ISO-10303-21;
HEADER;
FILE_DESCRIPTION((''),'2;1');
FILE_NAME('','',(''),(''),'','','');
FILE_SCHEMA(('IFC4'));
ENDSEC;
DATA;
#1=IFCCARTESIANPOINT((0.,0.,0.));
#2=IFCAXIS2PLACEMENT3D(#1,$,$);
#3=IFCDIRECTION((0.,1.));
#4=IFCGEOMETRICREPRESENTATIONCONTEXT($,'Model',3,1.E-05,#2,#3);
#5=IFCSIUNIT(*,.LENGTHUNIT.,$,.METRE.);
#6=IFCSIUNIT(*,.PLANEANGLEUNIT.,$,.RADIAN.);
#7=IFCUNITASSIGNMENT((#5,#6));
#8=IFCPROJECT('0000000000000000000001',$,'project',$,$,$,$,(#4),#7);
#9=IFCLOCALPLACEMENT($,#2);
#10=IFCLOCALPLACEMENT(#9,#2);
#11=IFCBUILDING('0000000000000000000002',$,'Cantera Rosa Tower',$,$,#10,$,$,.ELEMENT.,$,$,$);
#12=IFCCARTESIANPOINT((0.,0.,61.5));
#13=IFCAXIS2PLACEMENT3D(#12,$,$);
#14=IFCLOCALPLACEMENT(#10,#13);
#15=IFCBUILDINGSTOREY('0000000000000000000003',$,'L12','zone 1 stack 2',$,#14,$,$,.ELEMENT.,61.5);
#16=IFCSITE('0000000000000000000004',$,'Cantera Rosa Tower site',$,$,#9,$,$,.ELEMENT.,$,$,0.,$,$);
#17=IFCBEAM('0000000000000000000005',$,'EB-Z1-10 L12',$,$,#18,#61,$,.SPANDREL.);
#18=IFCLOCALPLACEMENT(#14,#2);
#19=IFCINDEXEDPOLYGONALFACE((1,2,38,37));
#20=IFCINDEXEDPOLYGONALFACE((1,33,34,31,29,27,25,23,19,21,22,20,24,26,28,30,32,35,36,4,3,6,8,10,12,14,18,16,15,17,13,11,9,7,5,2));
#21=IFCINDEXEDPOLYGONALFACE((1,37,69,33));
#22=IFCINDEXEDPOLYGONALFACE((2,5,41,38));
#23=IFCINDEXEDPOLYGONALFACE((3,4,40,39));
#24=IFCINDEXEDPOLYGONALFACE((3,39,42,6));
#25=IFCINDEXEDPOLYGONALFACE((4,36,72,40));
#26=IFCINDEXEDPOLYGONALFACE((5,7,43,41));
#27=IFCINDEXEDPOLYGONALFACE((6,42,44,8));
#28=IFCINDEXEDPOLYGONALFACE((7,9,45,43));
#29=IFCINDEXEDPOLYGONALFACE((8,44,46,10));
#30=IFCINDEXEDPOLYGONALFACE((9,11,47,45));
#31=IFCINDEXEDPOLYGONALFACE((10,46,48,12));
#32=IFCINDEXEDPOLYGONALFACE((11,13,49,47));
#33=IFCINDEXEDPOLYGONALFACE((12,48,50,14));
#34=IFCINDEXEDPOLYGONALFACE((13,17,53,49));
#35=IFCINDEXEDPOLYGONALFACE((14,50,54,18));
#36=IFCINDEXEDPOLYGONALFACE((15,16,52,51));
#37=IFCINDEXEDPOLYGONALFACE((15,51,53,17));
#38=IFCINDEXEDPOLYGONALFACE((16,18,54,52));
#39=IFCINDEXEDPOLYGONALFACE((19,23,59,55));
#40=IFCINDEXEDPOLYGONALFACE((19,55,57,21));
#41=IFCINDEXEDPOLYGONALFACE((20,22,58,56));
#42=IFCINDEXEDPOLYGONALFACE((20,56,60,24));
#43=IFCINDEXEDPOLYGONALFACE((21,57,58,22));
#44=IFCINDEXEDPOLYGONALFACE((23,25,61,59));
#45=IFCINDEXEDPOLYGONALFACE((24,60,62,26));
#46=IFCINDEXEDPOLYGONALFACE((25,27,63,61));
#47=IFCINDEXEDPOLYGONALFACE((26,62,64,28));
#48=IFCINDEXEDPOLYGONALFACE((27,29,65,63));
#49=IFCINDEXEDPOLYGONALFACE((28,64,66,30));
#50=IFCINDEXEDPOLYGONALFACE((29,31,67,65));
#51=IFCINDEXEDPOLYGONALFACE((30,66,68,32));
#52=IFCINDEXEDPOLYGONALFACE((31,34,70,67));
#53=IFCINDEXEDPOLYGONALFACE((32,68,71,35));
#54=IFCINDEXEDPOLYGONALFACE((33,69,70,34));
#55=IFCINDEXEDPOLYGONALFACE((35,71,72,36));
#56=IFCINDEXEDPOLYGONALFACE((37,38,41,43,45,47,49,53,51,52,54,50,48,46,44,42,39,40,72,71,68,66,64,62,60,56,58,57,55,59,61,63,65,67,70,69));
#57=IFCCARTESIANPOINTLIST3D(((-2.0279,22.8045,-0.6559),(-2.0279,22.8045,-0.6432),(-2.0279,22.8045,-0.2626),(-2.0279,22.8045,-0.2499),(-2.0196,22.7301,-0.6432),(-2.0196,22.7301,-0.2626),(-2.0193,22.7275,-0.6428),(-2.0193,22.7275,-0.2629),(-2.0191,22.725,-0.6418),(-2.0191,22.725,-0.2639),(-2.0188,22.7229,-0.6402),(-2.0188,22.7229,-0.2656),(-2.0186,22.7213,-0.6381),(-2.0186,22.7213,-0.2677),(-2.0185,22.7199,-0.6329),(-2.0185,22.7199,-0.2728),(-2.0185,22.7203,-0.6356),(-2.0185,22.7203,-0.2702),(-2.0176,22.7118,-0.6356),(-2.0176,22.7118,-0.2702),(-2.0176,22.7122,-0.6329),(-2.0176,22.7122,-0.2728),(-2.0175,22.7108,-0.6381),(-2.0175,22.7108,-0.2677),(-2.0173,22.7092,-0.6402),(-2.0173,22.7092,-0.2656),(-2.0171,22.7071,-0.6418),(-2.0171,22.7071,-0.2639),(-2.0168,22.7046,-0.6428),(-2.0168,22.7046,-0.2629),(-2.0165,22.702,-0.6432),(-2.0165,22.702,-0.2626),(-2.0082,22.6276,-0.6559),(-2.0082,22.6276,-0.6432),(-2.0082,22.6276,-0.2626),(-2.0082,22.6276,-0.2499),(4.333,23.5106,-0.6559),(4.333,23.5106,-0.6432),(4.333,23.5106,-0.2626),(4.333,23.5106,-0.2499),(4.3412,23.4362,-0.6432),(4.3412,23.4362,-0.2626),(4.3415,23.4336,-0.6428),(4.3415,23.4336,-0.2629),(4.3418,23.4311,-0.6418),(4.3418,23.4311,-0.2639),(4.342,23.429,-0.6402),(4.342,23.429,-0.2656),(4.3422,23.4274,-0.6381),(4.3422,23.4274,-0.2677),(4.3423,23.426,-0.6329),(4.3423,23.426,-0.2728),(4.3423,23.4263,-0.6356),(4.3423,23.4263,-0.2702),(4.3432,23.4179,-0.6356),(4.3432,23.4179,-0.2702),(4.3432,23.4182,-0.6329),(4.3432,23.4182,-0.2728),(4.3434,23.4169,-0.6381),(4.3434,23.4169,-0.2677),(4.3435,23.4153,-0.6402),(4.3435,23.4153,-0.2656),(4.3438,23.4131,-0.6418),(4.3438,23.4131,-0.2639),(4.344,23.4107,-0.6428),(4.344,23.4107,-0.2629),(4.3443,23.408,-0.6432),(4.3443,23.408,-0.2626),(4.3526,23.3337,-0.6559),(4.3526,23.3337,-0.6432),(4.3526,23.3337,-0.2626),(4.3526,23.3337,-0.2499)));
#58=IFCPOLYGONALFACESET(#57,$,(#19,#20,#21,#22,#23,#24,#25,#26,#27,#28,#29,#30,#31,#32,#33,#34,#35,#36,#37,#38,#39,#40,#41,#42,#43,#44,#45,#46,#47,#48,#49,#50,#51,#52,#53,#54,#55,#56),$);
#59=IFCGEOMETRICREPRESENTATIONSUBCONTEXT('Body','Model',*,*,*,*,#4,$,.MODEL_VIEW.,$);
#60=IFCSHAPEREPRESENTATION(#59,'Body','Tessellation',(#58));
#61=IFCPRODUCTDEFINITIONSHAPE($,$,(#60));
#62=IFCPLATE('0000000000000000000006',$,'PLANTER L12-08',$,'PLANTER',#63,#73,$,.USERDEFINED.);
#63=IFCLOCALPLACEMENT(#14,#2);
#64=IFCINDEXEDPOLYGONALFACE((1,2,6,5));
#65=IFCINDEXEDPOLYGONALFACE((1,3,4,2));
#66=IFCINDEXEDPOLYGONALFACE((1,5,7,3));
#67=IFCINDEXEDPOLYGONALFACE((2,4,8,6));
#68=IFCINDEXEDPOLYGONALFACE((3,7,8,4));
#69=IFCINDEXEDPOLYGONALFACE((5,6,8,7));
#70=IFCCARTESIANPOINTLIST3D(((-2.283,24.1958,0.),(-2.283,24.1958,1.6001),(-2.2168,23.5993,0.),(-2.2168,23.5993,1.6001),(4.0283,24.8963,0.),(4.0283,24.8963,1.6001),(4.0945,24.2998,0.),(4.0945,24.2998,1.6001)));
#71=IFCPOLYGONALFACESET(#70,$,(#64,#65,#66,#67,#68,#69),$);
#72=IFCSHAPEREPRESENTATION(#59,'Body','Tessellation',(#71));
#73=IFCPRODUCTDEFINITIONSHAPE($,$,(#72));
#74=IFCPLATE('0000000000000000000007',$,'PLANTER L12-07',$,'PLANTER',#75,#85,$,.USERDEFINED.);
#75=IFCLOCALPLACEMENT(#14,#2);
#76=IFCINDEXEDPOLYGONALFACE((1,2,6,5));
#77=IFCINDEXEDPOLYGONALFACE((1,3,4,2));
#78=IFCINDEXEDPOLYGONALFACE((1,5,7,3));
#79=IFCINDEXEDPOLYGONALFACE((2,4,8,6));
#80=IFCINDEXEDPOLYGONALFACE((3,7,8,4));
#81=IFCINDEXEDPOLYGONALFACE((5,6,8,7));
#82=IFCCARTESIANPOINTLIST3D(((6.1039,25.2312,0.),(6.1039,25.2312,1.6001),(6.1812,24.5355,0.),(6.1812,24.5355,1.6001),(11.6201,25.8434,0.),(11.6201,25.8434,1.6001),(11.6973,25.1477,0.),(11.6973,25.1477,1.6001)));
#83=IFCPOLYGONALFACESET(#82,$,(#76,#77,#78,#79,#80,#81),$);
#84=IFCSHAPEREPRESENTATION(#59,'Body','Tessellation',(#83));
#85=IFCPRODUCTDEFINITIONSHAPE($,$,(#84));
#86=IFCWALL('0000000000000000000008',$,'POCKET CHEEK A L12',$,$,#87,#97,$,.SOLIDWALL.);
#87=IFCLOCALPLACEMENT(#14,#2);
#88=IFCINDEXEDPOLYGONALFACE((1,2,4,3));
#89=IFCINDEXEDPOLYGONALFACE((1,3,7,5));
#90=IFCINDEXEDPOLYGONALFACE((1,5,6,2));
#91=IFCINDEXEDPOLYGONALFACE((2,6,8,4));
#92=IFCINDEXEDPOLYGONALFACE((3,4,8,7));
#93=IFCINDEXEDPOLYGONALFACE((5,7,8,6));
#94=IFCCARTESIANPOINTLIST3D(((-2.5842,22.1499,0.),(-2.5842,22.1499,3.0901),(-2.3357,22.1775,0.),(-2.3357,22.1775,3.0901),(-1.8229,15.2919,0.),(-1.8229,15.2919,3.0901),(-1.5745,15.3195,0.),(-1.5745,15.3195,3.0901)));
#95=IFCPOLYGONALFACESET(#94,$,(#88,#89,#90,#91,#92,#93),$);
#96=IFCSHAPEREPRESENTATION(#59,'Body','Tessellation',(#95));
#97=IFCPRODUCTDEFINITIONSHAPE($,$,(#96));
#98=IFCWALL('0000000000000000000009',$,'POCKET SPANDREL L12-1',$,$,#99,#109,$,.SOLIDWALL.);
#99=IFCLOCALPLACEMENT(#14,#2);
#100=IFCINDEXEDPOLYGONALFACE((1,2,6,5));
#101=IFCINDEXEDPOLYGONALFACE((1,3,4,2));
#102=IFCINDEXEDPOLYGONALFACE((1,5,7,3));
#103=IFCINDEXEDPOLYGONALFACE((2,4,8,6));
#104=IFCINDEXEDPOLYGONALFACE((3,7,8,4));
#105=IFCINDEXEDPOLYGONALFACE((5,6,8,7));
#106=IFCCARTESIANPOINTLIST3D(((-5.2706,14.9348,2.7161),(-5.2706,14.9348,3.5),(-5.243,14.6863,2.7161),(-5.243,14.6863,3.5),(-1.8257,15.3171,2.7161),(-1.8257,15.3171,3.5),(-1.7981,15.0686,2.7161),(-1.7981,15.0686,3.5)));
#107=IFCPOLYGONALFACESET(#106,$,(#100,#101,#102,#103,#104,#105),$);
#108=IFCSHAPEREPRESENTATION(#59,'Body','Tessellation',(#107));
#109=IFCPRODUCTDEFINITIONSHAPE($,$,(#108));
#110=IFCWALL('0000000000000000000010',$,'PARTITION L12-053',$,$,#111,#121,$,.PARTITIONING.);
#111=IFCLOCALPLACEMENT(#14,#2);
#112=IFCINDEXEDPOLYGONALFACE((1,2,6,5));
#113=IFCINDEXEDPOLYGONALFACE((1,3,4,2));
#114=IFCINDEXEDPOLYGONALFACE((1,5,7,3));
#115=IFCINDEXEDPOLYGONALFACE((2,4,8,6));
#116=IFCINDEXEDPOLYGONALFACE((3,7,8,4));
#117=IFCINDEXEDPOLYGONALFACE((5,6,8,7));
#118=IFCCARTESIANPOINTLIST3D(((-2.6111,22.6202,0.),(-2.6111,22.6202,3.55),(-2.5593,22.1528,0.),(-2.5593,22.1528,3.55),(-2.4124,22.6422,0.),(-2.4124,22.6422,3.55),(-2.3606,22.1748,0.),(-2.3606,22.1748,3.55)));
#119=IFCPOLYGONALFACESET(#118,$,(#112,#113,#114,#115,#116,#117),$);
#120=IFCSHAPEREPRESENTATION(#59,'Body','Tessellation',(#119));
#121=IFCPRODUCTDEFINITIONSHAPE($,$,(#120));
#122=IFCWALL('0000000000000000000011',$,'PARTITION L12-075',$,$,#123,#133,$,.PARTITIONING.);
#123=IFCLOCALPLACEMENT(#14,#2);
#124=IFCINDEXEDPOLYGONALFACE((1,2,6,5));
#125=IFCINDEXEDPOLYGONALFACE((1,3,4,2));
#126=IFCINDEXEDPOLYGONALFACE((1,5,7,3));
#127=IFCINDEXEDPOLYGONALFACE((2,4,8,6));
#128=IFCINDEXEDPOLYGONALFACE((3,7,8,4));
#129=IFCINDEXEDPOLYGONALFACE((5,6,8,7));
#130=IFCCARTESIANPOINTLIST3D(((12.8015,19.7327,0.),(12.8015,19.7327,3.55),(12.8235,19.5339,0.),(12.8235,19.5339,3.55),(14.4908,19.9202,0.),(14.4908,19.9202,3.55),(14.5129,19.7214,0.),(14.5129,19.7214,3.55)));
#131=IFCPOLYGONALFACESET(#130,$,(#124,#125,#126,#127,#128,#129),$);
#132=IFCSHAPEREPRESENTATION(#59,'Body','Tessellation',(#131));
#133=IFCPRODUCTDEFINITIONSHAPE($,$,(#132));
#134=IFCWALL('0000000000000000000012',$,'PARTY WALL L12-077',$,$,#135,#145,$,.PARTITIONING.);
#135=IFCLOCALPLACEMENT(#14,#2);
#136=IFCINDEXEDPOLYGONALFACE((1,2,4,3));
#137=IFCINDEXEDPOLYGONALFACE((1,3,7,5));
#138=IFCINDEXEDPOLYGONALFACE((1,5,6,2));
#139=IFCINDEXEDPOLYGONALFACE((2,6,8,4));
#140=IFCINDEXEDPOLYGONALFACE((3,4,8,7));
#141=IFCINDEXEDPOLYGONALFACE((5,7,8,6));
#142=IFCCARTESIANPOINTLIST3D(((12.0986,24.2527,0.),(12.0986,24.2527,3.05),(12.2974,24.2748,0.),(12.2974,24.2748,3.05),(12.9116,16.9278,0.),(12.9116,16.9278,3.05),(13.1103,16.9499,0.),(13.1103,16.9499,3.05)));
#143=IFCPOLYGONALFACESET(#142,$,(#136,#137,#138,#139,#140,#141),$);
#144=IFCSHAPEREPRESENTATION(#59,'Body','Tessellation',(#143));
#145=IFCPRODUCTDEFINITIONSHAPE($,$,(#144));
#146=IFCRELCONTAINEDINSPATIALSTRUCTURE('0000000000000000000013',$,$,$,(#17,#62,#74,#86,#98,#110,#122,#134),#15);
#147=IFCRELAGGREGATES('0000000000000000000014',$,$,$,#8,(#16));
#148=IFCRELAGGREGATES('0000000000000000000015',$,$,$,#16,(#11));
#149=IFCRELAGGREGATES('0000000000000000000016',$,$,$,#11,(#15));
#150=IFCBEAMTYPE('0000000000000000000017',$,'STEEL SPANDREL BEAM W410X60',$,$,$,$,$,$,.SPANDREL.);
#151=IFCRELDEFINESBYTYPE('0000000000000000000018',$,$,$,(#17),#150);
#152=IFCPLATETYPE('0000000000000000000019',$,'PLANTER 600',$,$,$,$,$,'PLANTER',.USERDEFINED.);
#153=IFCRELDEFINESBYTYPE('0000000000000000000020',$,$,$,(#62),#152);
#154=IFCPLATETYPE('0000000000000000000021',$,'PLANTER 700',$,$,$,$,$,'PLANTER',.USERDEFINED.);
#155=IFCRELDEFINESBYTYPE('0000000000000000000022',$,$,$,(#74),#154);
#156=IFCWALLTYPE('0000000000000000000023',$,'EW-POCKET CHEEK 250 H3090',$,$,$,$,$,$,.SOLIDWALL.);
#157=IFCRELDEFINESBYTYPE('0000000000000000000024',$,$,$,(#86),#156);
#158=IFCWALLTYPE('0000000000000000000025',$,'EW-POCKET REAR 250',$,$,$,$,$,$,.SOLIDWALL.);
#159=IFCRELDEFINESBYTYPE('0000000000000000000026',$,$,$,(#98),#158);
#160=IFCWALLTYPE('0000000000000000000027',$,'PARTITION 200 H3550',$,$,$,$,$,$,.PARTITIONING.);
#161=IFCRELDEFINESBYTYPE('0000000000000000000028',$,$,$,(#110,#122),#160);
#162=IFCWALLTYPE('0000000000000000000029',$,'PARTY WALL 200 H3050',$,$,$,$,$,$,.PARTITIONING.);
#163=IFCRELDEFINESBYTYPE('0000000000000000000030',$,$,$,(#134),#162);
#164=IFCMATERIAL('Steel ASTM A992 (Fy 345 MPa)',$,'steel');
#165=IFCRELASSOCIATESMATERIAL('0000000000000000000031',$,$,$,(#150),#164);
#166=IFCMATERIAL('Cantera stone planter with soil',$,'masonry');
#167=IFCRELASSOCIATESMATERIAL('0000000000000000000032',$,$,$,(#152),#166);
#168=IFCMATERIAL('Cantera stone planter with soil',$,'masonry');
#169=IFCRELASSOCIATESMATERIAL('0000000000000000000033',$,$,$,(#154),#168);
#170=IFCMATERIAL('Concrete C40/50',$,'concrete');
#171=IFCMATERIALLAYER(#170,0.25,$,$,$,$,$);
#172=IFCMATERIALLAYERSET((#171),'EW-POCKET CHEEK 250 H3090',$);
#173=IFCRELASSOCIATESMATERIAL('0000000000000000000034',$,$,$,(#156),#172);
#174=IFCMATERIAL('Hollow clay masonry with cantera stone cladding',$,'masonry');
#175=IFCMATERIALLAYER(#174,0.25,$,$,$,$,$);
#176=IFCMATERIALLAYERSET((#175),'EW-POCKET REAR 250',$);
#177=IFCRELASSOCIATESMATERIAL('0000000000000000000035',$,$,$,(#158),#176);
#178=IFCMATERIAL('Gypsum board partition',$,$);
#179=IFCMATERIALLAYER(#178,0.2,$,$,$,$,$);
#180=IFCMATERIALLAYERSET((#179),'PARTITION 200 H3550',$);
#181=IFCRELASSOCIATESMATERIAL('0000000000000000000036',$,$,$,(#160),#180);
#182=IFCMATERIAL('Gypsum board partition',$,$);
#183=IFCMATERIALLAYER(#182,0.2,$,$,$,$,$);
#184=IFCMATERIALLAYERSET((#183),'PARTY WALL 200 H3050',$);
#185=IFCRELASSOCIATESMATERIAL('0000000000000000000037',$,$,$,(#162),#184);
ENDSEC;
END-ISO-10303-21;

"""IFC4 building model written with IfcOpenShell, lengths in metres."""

from ifc_helpers import new_model, si_unit, direction, frame, frame_2d, origin, origin_2d, place, context, subcontext, project, spatial, rectangle, i_section, extrude, material, layer, layer_set, material_profile, profile_set, type_object, element, save


model = new_model("IFC4")

# Units and contexts
model_context = context("Model", 3, precision=1e-05, world=origin(), true_north=direction((0.0, 1.0)))
body_context = subcontext(model_context, "Body", "Model", "MODEL_VIEW")
ifc_project = project(units=[si_unit("LENGTHUNIT", "METRE"), si_unit("PLANEANGLEUNIT", "RADIAN")], contexts=[model_context])

# Site, building, storey
site_placement = place(None, origin())
site = spatial("IfcSite", under=ifc_project, at=site_placement, Name="Cantera Rosa Tower site", CompositionType="ELEMENT", RefElevation=0.0)
building_placement = place(site_placement, origin())
building = spatial("IfcBuilding", under=site, at=building_placement, Name="Cantera Rosa Tower", CompositionType="ELEMENT")
storey_placement = place(building_placement, frame((0.0, 0.0, 61.5)))
storey = spatial("IfcBuildingStorey", under=building, at=storey_placement, Name="L12", Description="zone 1 stack 2", CompositionType="ELEMENT", Elevation=61.5)

# Beam
ifc_material_1 = material(Name="Steel ASTM A992 (Fy 345 MPa)", Category="steel")
ifc_material_profile_1 = material_profile(ifc_material_1, i_section(OverallWidth=0.178, OverallDepth=0.406, WebThickness=0.0078, FlangeThickness=0.0127, FilletRadius=0.0103, at=origin_2d()), Name="W410X60")
ifc_profile_set_1 = profile_set([ifc_material_profile_1], Name="Steel ASTM A992 (Fy 345 MPa)")
beam_type_1 = type_object("IfcBeamType", Name="STEEL SPANDREL BEAM W410X60", PredefinedType="SPANDREL", material=ifc_profile_set_1)
for number, where, z_axis, x_axis, name in (
    (1, (4.3428, 23.4221, -0.4529), (-0.993896, -0.110323, 0.0), (0.110323, -0.993896, 0.0), "EB-Z1-10 L12"),
):
    element("IfcBeam", number, at=place(storey_placement, frame(where, z_axis=z_axis, x_axis=x_axis)), inside=storey, type_object=beam_type_1, Name=name, PredefinedType="SPANDREL", context=body_context, shape_type="SweptSolid", body=[
        extrude(i_section(OverallWidth=0.178, OverallDepth=0.406, WebThickness=0.0078, FlangeThickness=0.0127, FilletRadius=0.0103, at=origin_2d()), origin(), (0.0, 0.0, 1.0), 6.3999),
    ])

# Plates
ifc_material_2 = material(Name="Cantera stone planter with soil", Category="masonry")
plate_type_1 = type_object("IfcPlateType", Name="PLANTER 600", ElementType="PLANTER", PredefinedType="USERDEFINED", material=ifc_material_2)
plate_1_placement = place(storey_placement, frame((0.9058, 24.2478, 0.0), z_axis=(0.0, 0.0, 1.0), x_axis=(-0.993897, -0.110313, 0.0)))
element("IfcPlate", 2, at=plate_1_placement, inside=storey, type_object=plate_type_1, Name="PLANTER L12-08", ObjectType="PLANTER", PredefinedType="USERDEFINED", context=body_context, shape_type="SweptSolid", body=[
    extrude(rectangle(XDim=6.3501, YDim=0.6001, at=origin_2d()), origin(), (0.0, 0.0, 1.0), 1.6001),
])
ifc_material_3 = material(Name="Cantera stone planter with soil", Category="masonry")
plate_type_2 = type_object("IfcPlateType", Name="PLANTER 700", ElementType="PLANTER", PredefinedType="USERDEFINED", material=ifc_material_3)
plate_2_placement = place(storey_placement, frame((8.9006, 25.1895, 0.0), z_axis=(0.0, 0.0, 1.0), x_axis=(-0.993897, -0.110313, 0.0)))
element("IfcPlate", 3, at=plate_2_placement, inside=storey, type_object=plate_type_2, Name="PLANTER L12-07", ObjectType="PLANTER", PredefinedType="USERDEFINED", context=body_context, shape_type="SweptSolid", body=[
    extrude(rectangle(XDim=5.55, YDim=0.7, at=origin_2d()), origin(), (0.0, 0.0, 1.0), 1.6001),
])

# Walls
ifc_material_4 = material(Name="Concrete C40/50", Category="concrete")
ifc_layer_1 = layer(ifc_material_4, 0.25)
ifc_layer_set_1 = layer_set([ifc_layer_1], Name="EW-POCKET CHEEK 250 H3090")
wall_type_1 = type_object("IfcWallType", Name="EW-POCKET CHEEK 250 H3090", PredefinedType="SOLIDWALL", material=ifc_layer_set_1)
wall_1_placement = place(storey_placement, frame((-2.46, 22.1638, 0.0), z_axis=(0.0, 0.0, 1.0), x_axis=(0.110323, -0.993896, 0.0)))
element("IfcWall", 4, at=wall_1_placement, inside=storey, type_object=wall_type_1, Name="POCKET CHEEK A L12", PredefinedType="SOLIDWALL", context=body_context, shape_type="SweptSolid", body=[
    extrude(rectangle(XDim=6.9001, YDim=0.25, at=frame_2d((3.4502, 0.0))), origin(), (0.0, 0.0, 1.0), 3.0901),
])
ifc_material_5 = material(Name="Hollow clay masonry with cantera stone cladding", Category="masonry")
ifc_layer_2 = layer(ifc_material_5, 0.25)
ifc_layer_set_2 = layer_set([ifc_layer_2], Name="EW-POCKET REAR 250")
wall_type_2 = type_object("IfcWallType", Name="EW-POCKET REAR 250", PredefinedType="SOLIDWALL", material=ifc_layer_set_2)
wall_2_placement = place(storey_placement, frame((-1.812, 15.1929, 2.7161), z_axis=(0.0, 0.0, 1.0), x_axis=(-0.993897, -0.110308, 0.0)))
element("IfcWall", 5, at=wall_2_placement, inside=storey, type_object=wall_type_2, Name="POCKET SPANDREL L12-1", PredefinedType="SOLIDWALL", context=body_context, shape_type="SweptSolid", body=[
    extrude(rectangle(XDim=3.4661, YDim=0.25, at=frame_2d((1.7329, 0.0))), origin(), (0.0, 0.0, 1.0), 0.7839),
])
ifc_material_6 = material(Name="Gypsum board partition")
ifc_layer_3 = layer(ifc_material_6, 0.2)
ifc_layer_set_3 = layer_set([ifc_layer_3], Name="PARTITION 200 H3550")
wall_type_3 = type_object("IfcWallType", Name="PARTITION 200 H3550", PredefinedType="PARTITIONING", material=ifc_layer_set_3)
wall_3_placement = place(storey_placement, frame((-2.46, 22.1638, 0.0), z_axis=(0.0, 0.0, 1.0), x_axis=(-0.11009, 0.993922, 0.0)))
element("IfcWall", 6, at=wall_3_placement, inside=storey, type_object=wall_type_3, Name="PARTITION L12-053", PredefinedType="PARTITIONING", context=body_context, shape_type="SweptSolid", body=[
    extrude(rectangle(XDim=0.4702, YDim=0.2, at=frame_2d((0.2351, 0.0))), origin(), (0.0, 0.0, 1.0), 3.55),
])
wall_4_placement = place(storey_placement, frame((12.8125, 19.6333, 0.0), z_axis=(0.0, 0.0, 1.0), x_axis=(0.993898, 0.110305, 0.0)))
element("IfcWall", 7, at=wall_4_placement, inside=storey, type_object=wall_type_3, Name="PARTITION L12-075", PredefinedType="PARTITIONING", context=body_context, shape_type="SweptSolid", body=[
    extrude(rectangle(XDim=1.6997, YDim=0.2, at=frame_2d((0.8499, 0.0))), origin(), (0.0, 0.0, 1.0), 3.55),
])
ifc_material_7 = material(Name="Gypsum board partition")
ifc_layer_4 = layer(ifc_material_7, 0.2)
ifc_layer_set_4 = layer_set([ifc_layer_4], Name="PARTY WALL 200 H3050")
wall_type_4 = type_object("IfcWallType", Name="PARTY WALL 200 H3050", PredefinedType="PARTITIONING", material=ifc_layer_set_4)
wall_5_placement = place(storey_placement, frame((13.011, 16.9387, 0.0), z_axis=(0.0, 0.0, 1.0), x_axis=(-0.110312, 0.993897, 0.0)))
element("IfcWall", 8, at=wall_5_placement, inside=storey, type_object=wall_type_4, Name="PARTY WALL L12-077", PredefinedType="PARTITIONING", context=body_context, shape_type="SweptSolid", body=[
    extrude(rectangle(XDim=7.3699, YDim=0.2, at=frame_2d((3.6851, 0.0))), origin(), (0.0, 0.0, 1.0), 3.05),
])

save(model, "model.ifc")
